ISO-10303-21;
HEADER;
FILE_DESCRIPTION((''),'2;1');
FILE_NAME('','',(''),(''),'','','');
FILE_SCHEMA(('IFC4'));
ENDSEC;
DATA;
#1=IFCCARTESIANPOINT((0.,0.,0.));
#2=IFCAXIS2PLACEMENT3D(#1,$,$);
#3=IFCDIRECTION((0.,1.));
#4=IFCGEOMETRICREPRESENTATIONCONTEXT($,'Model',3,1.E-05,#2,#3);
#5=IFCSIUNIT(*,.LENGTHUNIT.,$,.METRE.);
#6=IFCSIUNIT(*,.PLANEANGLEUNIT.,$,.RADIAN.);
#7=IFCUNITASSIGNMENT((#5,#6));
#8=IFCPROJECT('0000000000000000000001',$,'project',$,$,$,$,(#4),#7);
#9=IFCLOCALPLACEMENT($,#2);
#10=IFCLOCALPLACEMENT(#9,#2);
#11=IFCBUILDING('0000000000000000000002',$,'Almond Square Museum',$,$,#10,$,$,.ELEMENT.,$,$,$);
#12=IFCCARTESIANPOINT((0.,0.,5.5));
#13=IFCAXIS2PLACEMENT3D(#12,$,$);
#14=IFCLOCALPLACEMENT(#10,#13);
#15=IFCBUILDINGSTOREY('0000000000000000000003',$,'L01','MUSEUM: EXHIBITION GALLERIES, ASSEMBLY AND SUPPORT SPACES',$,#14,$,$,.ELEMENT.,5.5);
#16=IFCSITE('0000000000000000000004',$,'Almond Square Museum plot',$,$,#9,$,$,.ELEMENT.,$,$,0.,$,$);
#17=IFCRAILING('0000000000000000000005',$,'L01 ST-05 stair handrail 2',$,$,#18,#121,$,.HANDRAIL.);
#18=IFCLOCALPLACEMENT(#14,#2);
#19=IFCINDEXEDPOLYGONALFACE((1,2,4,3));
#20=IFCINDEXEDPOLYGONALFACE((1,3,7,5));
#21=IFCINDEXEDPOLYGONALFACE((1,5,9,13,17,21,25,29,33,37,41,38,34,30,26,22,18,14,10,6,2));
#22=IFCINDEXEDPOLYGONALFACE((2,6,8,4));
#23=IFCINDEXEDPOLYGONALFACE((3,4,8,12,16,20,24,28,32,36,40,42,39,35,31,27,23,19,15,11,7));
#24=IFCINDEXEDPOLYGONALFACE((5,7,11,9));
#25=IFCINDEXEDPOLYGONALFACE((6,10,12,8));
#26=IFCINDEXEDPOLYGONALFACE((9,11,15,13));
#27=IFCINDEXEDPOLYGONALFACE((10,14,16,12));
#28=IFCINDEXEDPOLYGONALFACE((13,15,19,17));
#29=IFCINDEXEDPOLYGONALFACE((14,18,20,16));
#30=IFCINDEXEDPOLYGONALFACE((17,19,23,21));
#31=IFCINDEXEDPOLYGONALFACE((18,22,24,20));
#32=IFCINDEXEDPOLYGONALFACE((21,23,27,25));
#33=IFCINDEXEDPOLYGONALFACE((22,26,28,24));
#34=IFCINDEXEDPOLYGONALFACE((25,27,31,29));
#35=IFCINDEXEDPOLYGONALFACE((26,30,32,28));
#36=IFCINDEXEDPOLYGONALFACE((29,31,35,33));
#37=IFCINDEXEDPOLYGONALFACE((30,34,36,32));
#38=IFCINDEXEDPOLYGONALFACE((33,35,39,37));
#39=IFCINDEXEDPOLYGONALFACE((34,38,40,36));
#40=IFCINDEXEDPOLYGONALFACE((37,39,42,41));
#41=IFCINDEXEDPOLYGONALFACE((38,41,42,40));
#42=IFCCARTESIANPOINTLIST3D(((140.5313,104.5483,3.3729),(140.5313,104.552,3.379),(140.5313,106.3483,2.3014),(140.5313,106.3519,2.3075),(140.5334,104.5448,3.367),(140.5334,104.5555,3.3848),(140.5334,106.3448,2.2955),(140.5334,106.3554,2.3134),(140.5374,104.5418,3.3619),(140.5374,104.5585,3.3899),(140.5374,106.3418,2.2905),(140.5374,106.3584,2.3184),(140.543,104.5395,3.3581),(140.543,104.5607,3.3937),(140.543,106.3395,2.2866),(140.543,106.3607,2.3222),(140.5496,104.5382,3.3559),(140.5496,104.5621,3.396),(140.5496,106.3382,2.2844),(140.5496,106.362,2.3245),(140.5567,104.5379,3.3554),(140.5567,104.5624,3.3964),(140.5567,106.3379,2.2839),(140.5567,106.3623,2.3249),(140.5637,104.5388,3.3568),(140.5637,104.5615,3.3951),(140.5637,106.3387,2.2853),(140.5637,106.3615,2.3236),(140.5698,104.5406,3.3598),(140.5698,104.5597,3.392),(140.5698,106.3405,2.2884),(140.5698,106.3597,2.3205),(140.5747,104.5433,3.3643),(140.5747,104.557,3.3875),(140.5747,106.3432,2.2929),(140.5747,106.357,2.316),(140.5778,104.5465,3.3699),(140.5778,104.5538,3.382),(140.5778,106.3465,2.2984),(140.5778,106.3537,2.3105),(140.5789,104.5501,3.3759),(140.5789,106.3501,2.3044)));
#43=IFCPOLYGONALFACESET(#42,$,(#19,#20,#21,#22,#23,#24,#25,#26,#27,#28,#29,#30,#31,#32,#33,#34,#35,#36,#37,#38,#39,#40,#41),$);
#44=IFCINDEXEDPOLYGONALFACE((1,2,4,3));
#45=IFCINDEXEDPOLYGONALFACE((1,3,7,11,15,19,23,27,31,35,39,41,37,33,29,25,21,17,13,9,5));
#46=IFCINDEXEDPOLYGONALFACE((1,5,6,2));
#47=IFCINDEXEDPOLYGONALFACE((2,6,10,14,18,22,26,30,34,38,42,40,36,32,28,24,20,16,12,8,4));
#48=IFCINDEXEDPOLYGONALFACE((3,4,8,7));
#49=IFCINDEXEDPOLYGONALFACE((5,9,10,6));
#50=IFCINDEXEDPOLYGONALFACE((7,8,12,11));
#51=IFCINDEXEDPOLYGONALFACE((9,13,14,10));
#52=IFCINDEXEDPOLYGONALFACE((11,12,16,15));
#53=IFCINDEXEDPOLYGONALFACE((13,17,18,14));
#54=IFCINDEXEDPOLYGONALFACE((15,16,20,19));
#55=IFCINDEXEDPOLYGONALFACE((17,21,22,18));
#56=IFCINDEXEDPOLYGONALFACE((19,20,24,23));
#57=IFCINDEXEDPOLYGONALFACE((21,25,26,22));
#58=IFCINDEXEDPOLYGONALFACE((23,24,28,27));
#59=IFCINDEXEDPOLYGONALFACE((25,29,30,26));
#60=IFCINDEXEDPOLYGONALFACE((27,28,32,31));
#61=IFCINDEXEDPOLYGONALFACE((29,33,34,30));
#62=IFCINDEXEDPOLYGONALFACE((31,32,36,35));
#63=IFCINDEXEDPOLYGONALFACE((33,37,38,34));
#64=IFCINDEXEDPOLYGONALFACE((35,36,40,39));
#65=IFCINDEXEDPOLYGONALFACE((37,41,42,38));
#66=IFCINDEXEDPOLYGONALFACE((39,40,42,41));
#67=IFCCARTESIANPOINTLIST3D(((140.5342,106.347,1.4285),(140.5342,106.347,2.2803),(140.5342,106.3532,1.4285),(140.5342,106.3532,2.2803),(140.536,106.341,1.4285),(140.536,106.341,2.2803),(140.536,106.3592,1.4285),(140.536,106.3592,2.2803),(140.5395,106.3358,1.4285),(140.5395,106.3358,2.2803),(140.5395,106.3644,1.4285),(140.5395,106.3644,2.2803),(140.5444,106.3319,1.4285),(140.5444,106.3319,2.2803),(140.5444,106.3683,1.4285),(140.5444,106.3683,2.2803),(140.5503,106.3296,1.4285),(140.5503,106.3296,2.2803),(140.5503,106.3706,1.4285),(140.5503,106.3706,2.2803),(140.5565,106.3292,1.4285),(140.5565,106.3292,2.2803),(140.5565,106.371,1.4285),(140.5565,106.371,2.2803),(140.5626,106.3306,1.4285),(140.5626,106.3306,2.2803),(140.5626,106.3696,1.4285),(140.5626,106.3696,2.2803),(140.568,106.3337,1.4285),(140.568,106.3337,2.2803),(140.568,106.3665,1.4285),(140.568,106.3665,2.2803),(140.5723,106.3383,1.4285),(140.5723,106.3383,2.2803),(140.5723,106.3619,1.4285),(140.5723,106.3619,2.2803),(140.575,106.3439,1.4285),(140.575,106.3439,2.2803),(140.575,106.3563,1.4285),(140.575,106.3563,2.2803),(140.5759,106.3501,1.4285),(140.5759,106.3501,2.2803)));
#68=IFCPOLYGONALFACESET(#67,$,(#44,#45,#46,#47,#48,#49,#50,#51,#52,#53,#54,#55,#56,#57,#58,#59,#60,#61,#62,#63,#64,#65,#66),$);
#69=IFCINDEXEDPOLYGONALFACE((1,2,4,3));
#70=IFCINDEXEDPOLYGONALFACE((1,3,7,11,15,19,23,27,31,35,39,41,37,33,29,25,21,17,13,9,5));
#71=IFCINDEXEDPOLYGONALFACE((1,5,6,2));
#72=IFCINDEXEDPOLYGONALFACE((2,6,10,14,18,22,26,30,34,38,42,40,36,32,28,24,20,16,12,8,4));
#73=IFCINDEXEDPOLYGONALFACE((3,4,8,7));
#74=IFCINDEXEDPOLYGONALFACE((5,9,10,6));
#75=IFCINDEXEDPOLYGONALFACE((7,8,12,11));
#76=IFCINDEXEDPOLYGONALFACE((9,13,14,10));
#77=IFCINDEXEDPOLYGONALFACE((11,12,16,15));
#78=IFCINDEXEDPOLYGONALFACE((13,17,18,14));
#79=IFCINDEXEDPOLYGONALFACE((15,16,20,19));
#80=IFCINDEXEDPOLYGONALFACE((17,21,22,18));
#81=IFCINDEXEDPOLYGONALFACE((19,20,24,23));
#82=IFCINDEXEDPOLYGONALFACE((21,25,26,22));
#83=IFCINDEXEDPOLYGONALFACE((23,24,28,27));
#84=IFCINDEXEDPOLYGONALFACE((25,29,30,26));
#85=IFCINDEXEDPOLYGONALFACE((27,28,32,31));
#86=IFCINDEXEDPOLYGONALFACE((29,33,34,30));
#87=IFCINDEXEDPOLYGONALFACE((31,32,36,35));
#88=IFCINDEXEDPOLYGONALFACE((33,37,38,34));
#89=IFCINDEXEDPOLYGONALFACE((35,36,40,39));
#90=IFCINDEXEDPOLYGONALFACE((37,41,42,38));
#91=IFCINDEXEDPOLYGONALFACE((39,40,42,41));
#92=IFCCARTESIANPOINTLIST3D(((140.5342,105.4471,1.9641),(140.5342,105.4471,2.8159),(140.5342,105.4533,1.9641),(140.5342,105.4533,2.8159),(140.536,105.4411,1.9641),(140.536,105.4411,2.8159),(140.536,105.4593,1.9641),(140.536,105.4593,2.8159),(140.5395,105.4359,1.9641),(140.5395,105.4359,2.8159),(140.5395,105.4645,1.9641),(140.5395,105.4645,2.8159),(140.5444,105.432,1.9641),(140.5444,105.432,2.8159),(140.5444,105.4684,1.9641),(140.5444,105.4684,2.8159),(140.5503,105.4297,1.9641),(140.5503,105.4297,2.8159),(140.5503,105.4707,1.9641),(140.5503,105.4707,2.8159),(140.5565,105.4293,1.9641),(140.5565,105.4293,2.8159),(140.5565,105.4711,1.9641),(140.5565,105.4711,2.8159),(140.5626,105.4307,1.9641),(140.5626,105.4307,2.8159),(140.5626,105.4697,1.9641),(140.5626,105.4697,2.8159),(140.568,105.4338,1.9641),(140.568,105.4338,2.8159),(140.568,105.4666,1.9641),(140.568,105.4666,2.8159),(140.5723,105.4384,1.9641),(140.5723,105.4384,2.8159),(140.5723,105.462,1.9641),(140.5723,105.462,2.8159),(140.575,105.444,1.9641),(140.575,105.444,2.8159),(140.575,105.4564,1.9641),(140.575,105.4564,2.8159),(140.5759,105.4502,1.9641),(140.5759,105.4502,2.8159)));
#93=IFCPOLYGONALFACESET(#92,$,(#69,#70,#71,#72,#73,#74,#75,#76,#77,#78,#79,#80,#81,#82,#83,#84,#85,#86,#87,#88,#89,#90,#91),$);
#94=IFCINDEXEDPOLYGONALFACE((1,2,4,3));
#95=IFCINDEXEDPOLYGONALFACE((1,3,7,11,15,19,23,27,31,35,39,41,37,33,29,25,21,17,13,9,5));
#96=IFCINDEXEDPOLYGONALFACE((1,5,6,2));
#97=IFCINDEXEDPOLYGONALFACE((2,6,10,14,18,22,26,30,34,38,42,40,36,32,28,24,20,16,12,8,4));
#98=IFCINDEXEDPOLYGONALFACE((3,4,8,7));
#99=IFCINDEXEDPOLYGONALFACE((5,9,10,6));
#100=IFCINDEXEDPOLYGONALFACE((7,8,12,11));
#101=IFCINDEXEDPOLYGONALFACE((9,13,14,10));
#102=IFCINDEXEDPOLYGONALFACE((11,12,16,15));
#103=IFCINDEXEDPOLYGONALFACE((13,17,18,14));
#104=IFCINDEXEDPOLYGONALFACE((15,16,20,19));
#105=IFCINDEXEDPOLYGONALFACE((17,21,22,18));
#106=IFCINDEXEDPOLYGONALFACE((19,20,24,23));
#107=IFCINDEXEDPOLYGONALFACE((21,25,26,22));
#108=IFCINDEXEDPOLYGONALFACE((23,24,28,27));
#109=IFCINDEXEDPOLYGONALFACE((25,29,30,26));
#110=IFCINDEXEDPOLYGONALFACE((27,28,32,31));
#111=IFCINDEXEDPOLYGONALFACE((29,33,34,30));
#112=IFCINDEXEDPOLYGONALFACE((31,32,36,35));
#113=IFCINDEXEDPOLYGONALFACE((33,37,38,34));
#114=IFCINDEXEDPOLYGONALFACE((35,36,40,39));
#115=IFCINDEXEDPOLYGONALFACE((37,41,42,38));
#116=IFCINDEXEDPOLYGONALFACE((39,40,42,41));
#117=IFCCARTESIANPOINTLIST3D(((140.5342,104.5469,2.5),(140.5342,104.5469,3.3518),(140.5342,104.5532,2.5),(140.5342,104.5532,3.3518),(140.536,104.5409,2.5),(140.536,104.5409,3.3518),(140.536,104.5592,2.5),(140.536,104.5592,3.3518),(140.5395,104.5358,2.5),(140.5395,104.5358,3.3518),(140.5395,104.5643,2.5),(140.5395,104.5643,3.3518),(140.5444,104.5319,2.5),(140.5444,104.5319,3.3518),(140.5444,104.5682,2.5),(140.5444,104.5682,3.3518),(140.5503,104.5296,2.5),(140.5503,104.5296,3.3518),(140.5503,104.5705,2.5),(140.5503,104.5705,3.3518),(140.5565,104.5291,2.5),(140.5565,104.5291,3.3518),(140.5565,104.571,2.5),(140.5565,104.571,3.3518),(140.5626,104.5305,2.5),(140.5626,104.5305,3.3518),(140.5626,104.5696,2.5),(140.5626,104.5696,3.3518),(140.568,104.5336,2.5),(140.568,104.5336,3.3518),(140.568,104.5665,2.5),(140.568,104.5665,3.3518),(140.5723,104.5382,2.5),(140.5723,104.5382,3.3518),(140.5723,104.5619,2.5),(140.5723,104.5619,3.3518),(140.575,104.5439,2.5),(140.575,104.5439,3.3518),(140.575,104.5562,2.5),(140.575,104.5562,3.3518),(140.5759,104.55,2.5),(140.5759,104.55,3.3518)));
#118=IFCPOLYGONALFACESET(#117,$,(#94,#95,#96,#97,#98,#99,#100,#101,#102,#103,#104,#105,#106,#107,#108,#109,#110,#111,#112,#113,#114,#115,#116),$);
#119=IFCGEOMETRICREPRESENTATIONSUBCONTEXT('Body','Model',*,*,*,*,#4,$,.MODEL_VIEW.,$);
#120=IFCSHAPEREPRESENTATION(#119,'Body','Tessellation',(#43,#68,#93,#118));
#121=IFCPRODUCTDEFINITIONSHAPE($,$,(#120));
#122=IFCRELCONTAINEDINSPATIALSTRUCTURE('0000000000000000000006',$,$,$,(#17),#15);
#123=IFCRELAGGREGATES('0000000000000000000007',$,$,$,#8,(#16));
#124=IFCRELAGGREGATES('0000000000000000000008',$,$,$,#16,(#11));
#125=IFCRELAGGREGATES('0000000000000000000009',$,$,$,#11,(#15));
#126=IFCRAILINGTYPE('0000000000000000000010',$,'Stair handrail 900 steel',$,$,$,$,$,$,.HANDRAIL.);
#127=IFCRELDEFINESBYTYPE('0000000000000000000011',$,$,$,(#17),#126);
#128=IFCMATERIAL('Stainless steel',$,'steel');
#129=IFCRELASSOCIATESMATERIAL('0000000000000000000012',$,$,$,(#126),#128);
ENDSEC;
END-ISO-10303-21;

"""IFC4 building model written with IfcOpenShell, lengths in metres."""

from ifc_helpers import new_model, si_unit, direction, frame, origin, origin_2d, place, context, subcontext, project, spatial, circle, extrude, material, type_object, element, save


model = new_model("IFC4")

# Units and contexts
model_context = context("Model", 3, precision=1e-05, world=origin(), true_north=direction((0.0, 1.0)))
body_context = subcontext(model_context, "Body", "Model", "MODEL_VIEW")
ifc_project = project(units=[si_unit("LENGTHUNIT", "METRE"), si_unit("PLANEANGLEUNIT", "RADIAN")], contexts=[model_context])

# Site, building, storey
site_placement = place(None, origin())
site = spatial("IfcSite", under=ifc_project, at=site_placement, Name="Almond Square Museum plot", CompositionType="ELEMENT", RefElevation=0.0)
building_placement = place(site_placement, origin())
building = spatial("IfcBuilding", under=site, at=building_placement, Name="Almond Square Museum", CompositionType="ELEMENT")
storey_placement = place(building_placement, frame((0.0, 0.0, 5.5)))
storey = spatial("IfcBuildingStorey", under=building, at=storey_placement, Name="L01", Description="MUSEUM: EXHIBITION GALLERIES, ASSEMBLY AND SUPPORT SPACES", CompositionType="ELEMENT", Elevation=5.5)

# Railing
ifc_material_1 = material(Name="Stainless steel", Category="steel")
railing_type_1 = type_object("IfcRailingType", Name="Stair handrail 900 steel", PredefinedType="HANDRAIL", material=ifc_material_1)
railing_1_placement = place(storey_placement, frame((140.5549, 106.3501, 1.4285)))
element("IfcRailing", 1, at=railing_1_placement, inside=storey, type_object=railing_type_1, Name="L01 ST-05 stair handrail 2", PredefinedType="HANDRAIL", context=body_context, shape_type="SweptSolid", body=[
    extrude(circle(Radius=0.0239, at=origin_2d()), frame((0.0, 0.0, 0.876), z_axis=(0.0, -0.859277, 0.51151), x_axis=(1.0, 0.0, 0.0)), (0.0, 0.0, 1.0), 2.0947),
    extrude(circle(Radius=0.021, at=origin_2d()), origin(), (0.0, 0.0, 1.0), 0.8518),
    extrude(circle(Radius=0.021, at=origin_2d()), frame((0.0, -0.8999, 0.5356)), (0.0, 0.0, 1.0), 0.8518),
    extrude(circle(Radius=0.021, at=origin_2d()), frame((0.0, -1.8, 1.0715)), (0.0, 0.0, 1.0), 0.8518),
])

save(model, "model.ifc")
